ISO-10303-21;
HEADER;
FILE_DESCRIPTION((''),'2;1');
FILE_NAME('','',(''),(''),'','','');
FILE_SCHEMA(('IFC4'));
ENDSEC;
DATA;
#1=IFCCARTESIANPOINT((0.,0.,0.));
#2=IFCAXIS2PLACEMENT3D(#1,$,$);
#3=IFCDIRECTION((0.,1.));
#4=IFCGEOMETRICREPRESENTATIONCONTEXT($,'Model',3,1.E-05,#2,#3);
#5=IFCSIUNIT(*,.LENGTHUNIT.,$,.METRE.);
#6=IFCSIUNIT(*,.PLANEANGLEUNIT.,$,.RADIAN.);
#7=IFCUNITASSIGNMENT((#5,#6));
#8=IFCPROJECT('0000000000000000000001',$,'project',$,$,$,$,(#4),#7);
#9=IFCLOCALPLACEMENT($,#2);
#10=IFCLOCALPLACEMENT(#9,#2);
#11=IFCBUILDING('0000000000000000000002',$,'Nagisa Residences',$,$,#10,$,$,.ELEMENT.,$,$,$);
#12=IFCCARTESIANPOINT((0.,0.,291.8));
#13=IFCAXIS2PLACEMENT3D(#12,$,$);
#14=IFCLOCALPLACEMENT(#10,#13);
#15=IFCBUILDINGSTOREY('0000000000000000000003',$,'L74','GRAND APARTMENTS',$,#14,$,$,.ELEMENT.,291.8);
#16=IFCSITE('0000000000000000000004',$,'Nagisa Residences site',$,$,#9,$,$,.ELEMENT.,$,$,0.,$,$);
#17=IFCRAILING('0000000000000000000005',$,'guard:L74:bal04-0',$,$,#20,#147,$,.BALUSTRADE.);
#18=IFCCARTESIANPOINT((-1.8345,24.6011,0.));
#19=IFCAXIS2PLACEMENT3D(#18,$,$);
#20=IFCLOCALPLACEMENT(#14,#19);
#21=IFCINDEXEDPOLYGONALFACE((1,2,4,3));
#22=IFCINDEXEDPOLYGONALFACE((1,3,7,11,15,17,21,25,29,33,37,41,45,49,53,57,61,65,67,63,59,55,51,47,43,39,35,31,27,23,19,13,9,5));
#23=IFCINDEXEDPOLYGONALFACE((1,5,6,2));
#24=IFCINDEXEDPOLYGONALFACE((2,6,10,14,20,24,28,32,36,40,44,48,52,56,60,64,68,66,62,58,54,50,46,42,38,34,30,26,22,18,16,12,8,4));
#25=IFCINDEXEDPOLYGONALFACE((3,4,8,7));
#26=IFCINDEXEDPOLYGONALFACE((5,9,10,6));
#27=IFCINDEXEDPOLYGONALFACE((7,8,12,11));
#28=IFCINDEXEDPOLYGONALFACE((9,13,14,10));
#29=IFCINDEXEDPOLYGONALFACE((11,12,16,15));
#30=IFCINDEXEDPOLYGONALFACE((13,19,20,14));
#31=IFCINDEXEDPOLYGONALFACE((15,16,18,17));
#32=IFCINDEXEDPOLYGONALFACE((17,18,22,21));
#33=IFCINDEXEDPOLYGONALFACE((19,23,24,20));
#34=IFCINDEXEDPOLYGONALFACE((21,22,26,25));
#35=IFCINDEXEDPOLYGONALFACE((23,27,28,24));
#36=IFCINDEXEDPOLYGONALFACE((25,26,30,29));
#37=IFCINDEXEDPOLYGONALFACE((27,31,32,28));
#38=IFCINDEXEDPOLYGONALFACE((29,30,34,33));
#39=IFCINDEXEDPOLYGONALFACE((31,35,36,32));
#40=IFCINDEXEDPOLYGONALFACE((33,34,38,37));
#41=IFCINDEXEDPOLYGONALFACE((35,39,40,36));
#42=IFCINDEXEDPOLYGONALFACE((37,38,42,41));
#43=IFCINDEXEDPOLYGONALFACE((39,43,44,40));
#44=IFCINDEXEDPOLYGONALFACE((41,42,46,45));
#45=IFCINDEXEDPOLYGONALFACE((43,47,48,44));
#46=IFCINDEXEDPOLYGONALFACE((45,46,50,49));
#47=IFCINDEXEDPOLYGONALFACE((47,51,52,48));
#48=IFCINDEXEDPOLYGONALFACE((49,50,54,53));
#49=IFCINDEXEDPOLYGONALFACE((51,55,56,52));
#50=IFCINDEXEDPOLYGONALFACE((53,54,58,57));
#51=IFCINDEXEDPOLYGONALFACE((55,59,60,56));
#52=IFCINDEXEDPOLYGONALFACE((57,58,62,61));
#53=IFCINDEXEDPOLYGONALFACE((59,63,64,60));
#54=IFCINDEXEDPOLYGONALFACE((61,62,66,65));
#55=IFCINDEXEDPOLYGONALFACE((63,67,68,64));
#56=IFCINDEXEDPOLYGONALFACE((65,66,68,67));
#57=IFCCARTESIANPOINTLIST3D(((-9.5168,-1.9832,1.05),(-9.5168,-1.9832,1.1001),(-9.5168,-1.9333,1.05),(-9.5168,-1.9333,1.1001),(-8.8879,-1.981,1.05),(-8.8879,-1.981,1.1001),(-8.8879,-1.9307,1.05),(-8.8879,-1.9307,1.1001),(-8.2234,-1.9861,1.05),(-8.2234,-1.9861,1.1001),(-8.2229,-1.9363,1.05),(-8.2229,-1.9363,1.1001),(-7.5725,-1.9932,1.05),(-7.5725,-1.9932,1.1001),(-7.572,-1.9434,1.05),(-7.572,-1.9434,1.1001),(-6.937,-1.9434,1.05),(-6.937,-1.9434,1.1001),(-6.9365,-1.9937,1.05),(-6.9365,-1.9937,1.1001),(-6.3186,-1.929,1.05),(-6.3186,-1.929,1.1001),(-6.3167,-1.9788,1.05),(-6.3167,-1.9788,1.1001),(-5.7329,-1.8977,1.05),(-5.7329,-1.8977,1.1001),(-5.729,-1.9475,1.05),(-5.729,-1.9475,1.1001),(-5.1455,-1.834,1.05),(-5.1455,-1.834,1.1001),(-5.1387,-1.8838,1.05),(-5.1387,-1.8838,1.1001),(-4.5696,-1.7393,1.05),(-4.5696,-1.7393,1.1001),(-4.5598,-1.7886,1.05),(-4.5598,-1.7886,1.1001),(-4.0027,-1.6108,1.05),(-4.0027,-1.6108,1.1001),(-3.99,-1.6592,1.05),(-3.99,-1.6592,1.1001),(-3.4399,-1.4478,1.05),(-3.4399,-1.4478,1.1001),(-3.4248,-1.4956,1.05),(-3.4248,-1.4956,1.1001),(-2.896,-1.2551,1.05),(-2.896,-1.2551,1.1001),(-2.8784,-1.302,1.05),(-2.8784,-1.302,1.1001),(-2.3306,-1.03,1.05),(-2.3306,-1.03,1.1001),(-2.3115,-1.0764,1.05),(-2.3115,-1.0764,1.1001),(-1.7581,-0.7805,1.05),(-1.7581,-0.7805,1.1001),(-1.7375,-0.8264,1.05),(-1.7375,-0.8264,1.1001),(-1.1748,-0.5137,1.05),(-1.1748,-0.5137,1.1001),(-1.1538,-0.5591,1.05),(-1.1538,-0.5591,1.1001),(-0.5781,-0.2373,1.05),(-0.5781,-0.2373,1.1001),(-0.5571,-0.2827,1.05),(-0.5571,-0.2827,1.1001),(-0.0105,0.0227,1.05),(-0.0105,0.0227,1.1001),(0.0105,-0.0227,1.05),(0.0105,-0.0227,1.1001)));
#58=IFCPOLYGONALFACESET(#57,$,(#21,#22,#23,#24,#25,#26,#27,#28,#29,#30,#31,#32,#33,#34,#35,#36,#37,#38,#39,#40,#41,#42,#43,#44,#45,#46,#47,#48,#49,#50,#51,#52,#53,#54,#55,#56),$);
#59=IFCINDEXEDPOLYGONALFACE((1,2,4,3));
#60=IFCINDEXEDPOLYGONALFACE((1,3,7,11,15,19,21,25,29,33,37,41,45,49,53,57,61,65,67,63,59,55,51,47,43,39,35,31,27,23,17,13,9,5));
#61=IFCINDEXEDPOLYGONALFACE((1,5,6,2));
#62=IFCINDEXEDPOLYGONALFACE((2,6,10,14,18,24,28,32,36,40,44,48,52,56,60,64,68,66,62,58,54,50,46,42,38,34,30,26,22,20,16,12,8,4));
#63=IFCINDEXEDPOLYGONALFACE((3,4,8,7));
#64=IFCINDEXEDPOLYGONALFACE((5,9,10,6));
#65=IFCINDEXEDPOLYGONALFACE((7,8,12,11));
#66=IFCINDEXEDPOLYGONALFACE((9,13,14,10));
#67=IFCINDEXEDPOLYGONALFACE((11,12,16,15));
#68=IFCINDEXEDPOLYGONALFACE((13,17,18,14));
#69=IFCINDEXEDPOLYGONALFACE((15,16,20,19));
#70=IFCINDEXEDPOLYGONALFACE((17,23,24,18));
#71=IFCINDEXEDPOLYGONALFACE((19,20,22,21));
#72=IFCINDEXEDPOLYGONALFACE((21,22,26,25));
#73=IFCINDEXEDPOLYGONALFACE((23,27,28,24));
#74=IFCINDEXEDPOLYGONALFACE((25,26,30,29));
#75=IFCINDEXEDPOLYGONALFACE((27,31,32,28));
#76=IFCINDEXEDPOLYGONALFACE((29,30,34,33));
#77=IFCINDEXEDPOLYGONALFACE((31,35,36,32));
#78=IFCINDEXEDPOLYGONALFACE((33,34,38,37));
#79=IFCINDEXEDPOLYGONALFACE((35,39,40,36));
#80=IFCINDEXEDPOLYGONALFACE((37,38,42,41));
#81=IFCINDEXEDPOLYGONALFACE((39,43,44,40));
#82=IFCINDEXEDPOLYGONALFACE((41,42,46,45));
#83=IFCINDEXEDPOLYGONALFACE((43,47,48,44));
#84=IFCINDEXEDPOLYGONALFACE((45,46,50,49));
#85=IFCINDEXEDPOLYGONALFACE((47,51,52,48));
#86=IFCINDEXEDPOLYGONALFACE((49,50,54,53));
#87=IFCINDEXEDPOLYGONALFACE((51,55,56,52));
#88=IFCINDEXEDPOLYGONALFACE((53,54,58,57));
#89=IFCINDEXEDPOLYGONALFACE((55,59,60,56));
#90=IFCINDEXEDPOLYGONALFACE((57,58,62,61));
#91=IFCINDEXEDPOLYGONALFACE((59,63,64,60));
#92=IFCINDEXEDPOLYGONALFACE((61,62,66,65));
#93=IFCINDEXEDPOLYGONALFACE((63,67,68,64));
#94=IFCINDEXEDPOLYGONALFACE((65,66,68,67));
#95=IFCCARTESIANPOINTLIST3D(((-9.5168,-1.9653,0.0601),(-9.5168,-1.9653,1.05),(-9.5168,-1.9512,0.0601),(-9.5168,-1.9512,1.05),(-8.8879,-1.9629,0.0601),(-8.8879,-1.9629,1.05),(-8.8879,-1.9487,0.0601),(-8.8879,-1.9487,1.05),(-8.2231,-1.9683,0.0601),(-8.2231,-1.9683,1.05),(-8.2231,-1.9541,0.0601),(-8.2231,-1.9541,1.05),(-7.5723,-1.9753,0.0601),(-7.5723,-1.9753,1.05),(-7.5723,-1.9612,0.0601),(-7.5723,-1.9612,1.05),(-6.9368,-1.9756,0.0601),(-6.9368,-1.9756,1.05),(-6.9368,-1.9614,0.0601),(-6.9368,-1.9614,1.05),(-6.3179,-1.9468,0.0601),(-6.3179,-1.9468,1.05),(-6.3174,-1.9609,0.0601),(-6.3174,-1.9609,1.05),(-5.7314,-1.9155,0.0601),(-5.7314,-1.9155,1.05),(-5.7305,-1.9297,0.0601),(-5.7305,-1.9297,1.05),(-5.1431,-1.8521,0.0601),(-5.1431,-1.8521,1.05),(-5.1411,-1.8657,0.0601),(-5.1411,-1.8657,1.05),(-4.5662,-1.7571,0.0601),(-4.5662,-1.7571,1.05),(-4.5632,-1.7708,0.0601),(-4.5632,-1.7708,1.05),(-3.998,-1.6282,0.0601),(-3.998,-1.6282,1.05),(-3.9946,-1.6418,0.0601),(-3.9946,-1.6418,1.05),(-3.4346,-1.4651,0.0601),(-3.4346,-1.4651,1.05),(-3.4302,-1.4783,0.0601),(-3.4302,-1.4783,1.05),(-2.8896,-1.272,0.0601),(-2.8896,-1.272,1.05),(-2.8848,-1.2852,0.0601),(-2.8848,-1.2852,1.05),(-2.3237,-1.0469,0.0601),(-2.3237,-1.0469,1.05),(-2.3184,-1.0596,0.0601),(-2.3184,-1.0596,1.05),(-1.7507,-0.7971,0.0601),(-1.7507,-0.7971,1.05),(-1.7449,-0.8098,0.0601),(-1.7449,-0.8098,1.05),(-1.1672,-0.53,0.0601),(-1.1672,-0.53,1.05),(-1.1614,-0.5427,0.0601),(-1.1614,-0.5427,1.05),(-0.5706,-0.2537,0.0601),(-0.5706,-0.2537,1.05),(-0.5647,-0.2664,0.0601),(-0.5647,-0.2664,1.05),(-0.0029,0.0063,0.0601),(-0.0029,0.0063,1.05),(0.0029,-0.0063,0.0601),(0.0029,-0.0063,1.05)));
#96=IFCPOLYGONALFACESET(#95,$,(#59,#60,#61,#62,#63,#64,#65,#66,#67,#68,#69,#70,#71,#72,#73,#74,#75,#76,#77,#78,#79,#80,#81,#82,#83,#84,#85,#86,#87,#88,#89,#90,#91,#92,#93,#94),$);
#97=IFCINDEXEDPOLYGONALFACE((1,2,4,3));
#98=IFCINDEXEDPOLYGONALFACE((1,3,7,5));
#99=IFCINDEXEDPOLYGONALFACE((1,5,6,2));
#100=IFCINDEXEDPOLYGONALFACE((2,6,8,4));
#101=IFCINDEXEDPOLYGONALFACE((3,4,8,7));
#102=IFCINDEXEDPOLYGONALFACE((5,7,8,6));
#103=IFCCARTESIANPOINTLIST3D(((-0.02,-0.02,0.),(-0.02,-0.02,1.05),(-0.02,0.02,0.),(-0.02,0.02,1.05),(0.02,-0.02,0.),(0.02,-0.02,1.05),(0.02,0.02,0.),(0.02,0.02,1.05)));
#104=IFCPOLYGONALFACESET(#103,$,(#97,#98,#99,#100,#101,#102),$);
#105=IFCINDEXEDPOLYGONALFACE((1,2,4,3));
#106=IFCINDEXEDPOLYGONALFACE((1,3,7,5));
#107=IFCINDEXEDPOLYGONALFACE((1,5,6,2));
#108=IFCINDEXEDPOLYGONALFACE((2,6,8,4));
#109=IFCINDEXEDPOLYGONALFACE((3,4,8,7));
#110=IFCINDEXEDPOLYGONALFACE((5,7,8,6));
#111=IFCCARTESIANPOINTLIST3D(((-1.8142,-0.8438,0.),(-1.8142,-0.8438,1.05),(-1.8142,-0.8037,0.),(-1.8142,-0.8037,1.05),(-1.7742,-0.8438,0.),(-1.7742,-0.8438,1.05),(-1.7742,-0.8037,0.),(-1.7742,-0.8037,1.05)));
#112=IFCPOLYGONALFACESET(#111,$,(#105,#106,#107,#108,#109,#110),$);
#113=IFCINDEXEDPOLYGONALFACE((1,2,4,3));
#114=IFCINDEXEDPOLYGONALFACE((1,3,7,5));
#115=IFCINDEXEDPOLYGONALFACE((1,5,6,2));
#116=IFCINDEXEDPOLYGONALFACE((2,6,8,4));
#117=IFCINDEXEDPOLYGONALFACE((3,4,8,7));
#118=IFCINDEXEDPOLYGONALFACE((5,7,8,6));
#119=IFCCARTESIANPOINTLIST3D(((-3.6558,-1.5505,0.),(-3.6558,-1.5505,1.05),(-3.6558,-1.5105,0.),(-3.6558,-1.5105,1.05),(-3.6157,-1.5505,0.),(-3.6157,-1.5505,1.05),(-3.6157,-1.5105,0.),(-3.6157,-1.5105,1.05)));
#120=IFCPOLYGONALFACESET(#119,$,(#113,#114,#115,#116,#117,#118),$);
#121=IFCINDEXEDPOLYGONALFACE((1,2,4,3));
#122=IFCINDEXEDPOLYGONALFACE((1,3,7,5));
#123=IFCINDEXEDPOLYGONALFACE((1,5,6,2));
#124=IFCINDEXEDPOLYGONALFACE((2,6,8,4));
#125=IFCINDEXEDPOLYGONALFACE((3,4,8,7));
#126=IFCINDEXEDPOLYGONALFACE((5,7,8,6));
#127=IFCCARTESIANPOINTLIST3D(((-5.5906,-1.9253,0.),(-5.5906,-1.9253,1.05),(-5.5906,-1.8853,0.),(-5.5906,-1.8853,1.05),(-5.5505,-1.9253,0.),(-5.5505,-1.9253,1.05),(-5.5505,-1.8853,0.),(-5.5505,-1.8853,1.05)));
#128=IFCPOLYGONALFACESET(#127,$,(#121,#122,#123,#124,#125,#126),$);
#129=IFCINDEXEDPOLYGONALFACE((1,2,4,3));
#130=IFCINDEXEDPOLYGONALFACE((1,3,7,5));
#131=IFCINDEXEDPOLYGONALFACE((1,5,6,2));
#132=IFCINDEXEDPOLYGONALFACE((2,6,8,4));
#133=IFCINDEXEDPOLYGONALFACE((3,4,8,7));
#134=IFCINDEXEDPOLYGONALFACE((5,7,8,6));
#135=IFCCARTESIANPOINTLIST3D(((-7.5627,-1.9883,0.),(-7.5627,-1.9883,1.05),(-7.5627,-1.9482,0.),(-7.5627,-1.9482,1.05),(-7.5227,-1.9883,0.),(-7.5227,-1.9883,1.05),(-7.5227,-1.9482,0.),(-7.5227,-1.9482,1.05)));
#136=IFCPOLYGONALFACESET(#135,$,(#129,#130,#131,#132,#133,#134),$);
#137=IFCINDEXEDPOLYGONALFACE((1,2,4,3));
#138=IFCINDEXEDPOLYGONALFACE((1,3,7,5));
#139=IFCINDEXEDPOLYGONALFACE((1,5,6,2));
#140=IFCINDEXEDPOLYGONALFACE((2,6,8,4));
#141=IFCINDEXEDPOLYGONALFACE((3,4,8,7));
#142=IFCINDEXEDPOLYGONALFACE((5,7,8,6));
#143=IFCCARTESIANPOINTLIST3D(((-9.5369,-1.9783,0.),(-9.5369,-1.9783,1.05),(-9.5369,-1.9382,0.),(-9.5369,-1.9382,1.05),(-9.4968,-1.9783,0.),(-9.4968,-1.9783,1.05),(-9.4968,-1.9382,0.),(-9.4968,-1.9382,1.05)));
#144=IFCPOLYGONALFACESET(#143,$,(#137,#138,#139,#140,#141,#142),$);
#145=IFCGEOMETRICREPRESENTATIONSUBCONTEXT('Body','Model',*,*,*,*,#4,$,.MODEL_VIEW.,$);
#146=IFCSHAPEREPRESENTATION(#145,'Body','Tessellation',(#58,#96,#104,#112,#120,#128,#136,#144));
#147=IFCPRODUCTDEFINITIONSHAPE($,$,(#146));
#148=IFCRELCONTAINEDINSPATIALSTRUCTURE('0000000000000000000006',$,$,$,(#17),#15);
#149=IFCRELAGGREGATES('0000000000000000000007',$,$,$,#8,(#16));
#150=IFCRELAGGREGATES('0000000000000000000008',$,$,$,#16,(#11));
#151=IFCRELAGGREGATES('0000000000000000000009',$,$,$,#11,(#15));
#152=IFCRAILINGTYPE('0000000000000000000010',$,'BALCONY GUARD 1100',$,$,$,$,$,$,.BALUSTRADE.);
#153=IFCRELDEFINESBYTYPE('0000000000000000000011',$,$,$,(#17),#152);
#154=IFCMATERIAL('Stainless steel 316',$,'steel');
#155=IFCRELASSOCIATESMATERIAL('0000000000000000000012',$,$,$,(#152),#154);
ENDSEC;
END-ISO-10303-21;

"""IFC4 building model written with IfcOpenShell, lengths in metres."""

from ifc_helpers import new_model, si_unit, direction, frame, origin, origin_2d, place, context, subcontext, project, spatial, polyline, rectangle, outline, extrude, material, type_object, element, save


model = new_model("IFC4")

# Units and contexts
model_context = context("Model", 3, precision=1e-05, world=origin(), true_north=direction((0.0, 1.0)))
body_context = subcontext(model_context, "Body", "Model", "MODEL_VIEW")
ifc_project = project(units=[si_unit("LENGTHUNIT", "METRE"), si_unit("PLANEANGLEUNIT", "RADIAN")], contexts=[model_context])

# Site, building, storey
site_placement = place(None, origin())
site = spatial("IfcSite", under=ifc_project, at=site_placement, Name="Nagisa Residences site", CompositionType="ELEMENT", RefElevation=0.0)
building_placement = place(site_placement, origin())
building = spatial("IfcBuilding", under=site, at=building_placement, Name="Nagisa Residences", CompositionType="ELEMENT")
storey_placement = place(building_placement, frame((0.0, 0.0, 291.8)))
storey = spatial("IfcBuildingStorey", under=building, at=storey_placement, Name="L74", Description="GRAND APARTMENTS", CompositionType="ELEMENT", Elevation=291.8)

# Railing
ifc_material_1 = material(Name="Stainless steel 316", Category="steel")
railing_type = type_object("IfcRailingType", Name="BALCONY GUARD 1100", PredefinedType="BALUSTRADE", material=ifc_material_1)
railing_placement = place(storey_placement, frame((-1.8345, 24.6011, 0.0)))
element("IfcRailing", 1, at=railing_placement, inside=storey, type_object=railing_type, Name="guard:L74:bal04-0", PredefinedType="BALUSTRADE", context=body_context, shape_type="SweptSolid", body=[
    extrude(outline(polyline([(-0.5571, -0.2827), (0.0105, -0.0227), (-0.0105, 0.0227), (-0.5781, -0.2373), (-1.1748, -0.5137), (-1.7581, -0.7805), (-2.3306, -1.03), (-2.896, -1.2551), (-3.4399, -1.4478), (-4.0027, -1.6108), (-4.5696, -1.7393), (-5.1455, -1.834), (-5.7329, -1.8977), (-6.3186, -1.929), (-6.937, -1.9434), (-7.572, -1.9434), (-8.2229, -1.9363), (-8.8879, -1.9307), (-9.5168, -1.9333), (-9.5168, -1.9832), (-8.8879, -1.981), (-8.2234, -1.9861), (-7.5725, -1.9932), (-6.9365, -1.9937), (-6.3167, -1.9788), (-5.729, -1.9475), (-5.1387, -1.8838), (-4.5598, -1.7886), (-3.99, -1.6592), (-3.4248, -1.4956), (-2.8784, -1.302), (-2.3115, -1.0764), (-1.7375, -0.8264), (-1.1538, -0.5591), (-0.5571, -0.2827)])), frame((0.0, 0.0, 1.05)), (0.0, 0.0, 1.0), 0.05),
    extrude(outline(polyline([(-0.5647, -0.2664), (0.0029, -0.0063), (-0.0029, 0.0063), (-0.5706, -0.2537), (-1.1672, -0.53), (-1.7507, -0.7971), (-2.3237, -1.0469), (-2.8896, -1.272), (-3.4346, -1.4651), (-3.998, -1.6282), (-4.5662, -1.7571), (-5.1431, -1.8521), (-5.7314, -1.9155), (-6.3179, -1.9468), (-6.9368, -1.9614), (-7.5723, -1.9612), (-8.2231, -1.9541), (-8.8879, -1.9487), (-9.5168, -1.9512), (-9.5168, -1.9653), (-8.8879, -1.9629), (-8.2231, -1.9683), (-7.5723, -1.9753), (-6.9368, -1.9756), (-6.3174, -1.9609), (-5.7305, -1.9297), (-5.1411, -1.8657), (-4.5632, -1.7708), (-3.9946, -1.6418), (-3.4302, -1.4783), (-2.8848, -1.2852), (-2.3184, -1.0596), (-1.7449, -0.8098), (-1.1614, -0.5427), (-0.5647, -0.2664)])), frame((0.0, 0.0, 0.0601)), (0.0, 0.0, 1.0), 0.99),
    extrude(rectangle(XDim=0.04, YDim=0.04, at=origin_2d()), origin(), (0.0, 0.0, 1.0), 1.05),
    extrude(rectangle(XDim=0.04, YDim=0.04, at=origin_2d()), frame((-1.7942, -0.8237, 0.0)), (0.0, 0.0, 1.0), 1.05),
    extrude(rectangle(XDim=0.04, YDim=0.04, at=origin_2d()), frame((-3.6357, -1.5305, 0.0)), (0.0, 0.0, 1.0), 1.05),
    extrude(rectangle(XDim=0.04, YDim=0.04, at=origin_2d()), frame((-5.5706, -1.9053, 0.0)), (0.0, 0.0, 1.0), 1.05),
    extrude(rectangle(XDim=0.04, YDim=0.04, at=origin_2d()), frame((-7.5427, -1.9683, 0.0)), (0.0, 0.0, 1.0), 1.05),
    extrude(rectangle(XDim=0.04, YDim=0.04, at=origin_2d()), frame((-9.5168, -1.9583, 0.0)), (0.0, 0.0, 1.0), 1.05),
])

save(model, "model.ifc")
